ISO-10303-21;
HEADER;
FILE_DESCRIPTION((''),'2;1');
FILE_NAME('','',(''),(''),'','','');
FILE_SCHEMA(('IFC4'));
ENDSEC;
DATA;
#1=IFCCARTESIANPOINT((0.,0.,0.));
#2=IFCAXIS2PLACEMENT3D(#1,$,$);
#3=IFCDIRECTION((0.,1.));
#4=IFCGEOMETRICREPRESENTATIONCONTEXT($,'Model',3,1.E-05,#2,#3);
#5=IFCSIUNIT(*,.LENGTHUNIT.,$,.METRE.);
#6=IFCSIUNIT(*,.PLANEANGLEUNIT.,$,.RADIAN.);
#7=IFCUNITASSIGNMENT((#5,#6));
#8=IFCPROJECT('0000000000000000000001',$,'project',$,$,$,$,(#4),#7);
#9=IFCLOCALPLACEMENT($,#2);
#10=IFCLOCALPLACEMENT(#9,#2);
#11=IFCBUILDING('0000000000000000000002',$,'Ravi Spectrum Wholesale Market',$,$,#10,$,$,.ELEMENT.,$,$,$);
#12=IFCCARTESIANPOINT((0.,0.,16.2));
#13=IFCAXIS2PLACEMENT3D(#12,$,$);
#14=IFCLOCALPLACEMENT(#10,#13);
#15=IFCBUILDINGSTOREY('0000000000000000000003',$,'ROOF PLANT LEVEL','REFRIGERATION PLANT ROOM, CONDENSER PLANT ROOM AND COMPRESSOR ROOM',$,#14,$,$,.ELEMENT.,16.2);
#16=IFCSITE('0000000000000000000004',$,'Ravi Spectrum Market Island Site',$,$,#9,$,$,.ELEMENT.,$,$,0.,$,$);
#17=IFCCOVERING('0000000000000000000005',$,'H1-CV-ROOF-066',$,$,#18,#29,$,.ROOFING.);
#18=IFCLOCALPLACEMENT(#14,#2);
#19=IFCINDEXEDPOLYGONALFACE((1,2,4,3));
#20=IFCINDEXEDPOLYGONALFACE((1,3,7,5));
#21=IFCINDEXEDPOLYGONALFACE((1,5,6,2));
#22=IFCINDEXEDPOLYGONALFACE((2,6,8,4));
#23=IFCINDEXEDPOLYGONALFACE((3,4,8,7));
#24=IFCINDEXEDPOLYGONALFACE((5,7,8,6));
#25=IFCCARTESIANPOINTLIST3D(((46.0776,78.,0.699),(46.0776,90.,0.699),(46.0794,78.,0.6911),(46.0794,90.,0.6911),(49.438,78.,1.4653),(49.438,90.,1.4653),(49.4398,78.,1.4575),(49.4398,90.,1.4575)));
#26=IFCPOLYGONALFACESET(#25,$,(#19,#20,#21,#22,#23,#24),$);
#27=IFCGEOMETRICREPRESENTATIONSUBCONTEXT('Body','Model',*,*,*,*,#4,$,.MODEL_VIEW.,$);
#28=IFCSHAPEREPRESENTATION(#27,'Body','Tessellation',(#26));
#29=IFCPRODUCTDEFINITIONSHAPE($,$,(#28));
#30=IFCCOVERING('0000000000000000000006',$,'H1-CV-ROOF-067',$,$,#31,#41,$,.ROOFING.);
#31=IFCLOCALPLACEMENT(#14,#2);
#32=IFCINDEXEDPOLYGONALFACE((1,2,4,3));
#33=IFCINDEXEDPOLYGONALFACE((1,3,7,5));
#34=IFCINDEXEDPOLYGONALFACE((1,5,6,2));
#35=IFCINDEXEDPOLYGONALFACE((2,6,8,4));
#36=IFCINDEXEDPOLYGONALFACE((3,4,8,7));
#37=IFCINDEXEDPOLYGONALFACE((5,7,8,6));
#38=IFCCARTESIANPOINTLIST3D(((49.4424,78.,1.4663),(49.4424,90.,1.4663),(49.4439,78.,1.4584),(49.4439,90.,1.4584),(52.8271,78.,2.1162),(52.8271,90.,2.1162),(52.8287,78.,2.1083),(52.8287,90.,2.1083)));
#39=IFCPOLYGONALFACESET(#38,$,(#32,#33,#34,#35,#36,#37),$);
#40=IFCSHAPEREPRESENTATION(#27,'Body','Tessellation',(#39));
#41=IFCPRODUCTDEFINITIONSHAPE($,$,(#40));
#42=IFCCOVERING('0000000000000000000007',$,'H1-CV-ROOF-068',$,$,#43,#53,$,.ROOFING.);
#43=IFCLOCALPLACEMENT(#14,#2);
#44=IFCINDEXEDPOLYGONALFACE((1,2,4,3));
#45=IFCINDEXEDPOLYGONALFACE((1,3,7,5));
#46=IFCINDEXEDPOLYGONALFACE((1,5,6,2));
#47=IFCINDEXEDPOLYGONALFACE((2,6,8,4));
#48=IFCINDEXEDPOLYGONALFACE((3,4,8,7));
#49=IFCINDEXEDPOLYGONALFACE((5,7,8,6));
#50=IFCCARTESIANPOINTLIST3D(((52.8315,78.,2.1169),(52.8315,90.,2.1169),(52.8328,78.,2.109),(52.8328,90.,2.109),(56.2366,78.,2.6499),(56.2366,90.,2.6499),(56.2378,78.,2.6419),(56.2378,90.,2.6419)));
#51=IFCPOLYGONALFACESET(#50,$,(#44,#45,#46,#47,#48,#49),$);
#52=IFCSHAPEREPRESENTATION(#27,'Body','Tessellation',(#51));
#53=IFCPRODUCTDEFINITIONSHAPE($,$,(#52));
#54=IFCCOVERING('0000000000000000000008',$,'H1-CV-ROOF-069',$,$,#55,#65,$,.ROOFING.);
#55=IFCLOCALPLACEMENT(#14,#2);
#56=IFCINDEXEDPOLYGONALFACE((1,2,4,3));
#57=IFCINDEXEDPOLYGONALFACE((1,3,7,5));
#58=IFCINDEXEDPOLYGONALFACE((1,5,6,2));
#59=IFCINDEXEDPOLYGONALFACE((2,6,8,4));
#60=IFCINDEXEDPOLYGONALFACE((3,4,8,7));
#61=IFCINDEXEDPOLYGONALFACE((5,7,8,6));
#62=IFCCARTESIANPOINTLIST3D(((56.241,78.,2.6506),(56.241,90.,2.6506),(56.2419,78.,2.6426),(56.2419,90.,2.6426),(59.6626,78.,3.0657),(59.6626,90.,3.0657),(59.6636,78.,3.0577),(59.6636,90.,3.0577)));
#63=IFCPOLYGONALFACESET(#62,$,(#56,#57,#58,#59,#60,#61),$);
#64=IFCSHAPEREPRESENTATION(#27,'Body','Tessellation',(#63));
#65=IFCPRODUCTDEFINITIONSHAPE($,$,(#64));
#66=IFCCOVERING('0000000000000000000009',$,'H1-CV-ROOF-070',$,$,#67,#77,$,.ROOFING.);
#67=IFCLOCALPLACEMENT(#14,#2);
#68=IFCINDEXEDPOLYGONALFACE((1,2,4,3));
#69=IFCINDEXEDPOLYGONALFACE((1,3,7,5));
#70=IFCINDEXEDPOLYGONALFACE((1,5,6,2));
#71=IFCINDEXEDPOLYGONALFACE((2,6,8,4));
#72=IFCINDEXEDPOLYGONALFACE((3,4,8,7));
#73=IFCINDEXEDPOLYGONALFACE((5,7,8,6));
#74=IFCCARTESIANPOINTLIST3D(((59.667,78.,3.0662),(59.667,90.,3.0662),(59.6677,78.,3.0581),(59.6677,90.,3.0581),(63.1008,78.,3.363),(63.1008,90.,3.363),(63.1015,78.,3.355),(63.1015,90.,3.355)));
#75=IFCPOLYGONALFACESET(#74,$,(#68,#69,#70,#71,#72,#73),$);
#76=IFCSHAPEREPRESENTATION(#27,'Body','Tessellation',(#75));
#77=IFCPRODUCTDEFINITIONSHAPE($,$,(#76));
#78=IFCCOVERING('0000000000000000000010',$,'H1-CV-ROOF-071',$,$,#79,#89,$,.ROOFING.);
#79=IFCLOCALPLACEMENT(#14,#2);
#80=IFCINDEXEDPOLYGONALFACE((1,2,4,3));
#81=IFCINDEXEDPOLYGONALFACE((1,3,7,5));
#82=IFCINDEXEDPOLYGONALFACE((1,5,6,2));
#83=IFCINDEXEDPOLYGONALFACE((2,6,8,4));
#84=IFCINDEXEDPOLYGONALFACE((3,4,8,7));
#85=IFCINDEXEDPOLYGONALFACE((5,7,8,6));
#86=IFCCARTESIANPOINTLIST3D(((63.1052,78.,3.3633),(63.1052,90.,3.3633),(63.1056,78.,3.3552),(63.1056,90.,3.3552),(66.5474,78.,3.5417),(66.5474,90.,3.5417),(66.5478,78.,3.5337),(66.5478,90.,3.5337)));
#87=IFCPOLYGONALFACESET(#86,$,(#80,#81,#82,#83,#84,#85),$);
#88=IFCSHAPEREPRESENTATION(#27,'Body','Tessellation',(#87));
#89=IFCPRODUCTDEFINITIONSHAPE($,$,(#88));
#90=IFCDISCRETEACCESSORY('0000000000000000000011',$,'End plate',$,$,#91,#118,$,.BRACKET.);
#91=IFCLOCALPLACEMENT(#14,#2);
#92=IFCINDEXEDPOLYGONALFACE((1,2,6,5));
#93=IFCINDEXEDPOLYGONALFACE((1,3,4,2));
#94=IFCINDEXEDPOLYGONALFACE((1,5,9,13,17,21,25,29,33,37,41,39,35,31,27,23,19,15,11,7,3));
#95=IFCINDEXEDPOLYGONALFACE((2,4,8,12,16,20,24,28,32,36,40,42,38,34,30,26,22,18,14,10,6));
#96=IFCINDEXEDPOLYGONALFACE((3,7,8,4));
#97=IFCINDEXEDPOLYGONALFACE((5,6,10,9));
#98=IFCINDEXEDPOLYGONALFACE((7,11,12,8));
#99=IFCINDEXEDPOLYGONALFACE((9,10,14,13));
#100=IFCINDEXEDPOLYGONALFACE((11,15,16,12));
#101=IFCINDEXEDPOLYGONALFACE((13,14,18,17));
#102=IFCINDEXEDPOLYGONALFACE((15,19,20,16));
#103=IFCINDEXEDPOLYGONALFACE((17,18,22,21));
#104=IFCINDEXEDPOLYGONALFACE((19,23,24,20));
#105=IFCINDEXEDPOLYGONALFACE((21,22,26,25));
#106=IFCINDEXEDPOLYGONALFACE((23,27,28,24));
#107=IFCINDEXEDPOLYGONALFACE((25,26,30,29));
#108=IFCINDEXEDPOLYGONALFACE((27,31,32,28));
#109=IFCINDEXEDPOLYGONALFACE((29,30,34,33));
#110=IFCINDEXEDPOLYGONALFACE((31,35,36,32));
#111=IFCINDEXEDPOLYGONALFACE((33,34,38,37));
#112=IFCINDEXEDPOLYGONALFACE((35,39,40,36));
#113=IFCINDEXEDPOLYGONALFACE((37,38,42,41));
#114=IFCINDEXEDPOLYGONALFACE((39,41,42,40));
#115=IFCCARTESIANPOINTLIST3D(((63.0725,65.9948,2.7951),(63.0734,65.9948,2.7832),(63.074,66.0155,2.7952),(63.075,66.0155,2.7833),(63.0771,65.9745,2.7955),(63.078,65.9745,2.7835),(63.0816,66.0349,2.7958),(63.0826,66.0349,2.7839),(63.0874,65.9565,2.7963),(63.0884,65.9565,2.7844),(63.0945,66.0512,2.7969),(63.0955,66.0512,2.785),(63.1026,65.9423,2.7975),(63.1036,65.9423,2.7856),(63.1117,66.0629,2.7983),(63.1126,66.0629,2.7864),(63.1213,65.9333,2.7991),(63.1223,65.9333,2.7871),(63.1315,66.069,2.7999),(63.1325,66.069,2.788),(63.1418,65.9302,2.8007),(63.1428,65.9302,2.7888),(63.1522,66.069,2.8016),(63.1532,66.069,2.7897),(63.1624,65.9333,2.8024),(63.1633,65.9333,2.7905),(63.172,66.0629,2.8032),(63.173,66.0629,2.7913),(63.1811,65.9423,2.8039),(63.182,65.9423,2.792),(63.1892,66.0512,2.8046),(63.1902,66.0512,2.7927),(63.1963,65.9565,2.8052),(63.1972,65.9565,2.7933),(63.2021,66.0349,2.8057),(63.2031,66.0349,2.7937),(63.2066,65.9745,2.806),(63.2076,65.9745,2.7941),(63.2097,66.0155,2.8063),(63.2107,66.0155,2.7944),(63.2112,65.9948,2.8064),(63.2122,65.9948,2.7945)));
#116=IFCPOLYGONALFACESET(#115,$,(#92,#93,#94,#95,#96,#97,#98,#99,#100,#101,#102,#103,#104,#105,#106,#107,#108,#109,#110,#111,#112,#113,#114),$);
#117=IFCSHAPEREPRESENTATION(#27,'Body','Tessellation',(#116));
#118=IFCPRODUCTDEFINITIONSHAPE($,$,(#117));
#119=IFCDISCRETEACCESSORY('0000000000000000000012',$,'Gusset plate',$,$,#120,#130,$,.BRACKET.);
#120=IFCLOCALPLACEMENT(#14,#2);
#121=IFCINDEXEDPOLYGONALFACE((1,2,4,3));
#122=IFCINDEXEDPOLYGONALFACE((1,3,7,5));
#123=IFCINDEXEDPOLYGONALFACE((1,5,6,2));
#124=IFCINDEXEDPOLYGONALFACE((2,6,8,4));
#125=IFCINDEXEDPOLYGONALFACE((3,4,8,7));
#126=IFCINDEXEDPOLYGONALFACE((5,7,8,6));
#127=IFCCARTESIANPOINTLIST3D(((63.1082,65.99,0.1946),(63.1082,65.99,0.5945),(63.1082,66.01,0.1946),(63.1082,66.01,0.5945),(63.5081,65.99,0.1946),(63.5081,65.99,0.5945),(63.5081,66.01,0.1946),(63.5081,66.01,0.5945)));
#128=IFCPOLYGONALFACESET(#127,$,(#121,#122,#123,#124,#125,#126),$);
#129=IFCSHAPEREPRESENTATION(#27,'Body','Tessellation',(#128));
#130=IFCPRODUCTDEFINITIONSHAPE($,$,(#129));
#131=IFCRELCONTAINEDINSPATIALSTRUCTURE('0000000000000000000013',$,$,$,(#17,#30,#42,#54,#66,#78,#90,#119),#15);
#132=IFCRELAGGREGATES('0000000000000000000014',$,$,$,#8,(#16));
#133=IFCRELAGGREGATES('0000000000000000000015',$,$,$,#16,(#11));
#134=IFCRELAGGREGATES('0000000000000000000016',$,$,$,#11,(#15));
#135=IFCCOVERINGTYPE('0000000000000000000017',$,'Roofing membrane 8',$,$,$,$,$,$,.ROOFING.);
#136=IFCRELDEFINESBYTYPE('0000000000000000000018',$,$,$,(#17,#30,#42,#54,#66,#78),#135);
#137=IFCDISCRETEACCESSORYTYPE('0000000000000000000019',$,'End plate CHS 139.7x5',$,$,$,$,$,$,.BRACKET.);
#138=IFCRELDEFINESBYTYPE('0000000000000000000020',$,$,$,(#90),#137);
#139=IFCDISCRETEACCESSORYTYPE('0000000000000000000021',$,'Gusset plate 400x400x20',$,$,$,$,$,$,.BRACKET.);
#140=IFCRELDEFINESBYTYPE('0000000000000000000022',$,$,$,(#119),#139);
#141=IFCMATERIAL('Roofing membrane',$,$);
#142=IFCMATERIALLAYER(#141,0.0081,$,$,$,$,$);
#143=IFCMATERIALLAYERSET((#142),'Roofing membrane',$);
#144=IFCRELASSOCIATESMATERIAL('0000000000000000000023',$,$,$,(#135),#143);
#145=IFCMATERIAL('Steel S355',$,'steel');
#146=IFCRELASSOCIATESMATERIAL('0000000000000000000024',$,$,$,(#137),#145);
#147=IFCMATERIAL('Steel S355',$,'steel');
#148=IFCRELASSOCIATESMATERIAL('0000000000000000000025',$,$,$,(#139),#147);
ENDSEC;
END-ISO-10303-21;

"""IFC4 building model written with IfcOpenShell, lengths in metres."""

from ifc_helpers import new_model, si_unit, direction, frame, origin, origin_2d, place, context, subcontext, project, spatial, polyline, rectangle, circle, outline, extrude, material, layer, layer_set, material_profile, profile_set, type_object, element, save


model = new_model("IFC4")

# Units and contexts
model_context = context("Model", 3, precision=1e-05, world=origin(), true_north=direction((0.0, 1.0)))
body_context = subcontext(model_context, "Body", "Model", "MODEL_VIEW")
ifc_project = project(units=[si_unit("LENGTHUNIT", "METRE"), si_unit("PLANEANGLEUNIT", "RADIAN")], contexts=[model_context])

# Site, building, storey
site_placement = place(None, origin())
site = spatial("IfcSite", under=ifc_project, at=site_placement, Name="Ravi Spectrum Market Island Site", CompositionType="ELEMENT", RefElevation=0.0)
building_placement = place(site_placement, origin())
building = spatial("IfcBuilding", under=site, at=building_placement, Name="Ravi Spectrum Wholesale Market", CompositionType="ELEMENT")
storey_placement = place(building_placement, frame((0.0, 0.0, 16.2)))
storey = spatial("IfcBuildingStorey", under=building, at=storey_placement, Name="ROOF PLANT LEVEL", Description="REFRIGERATION PLANT ROOM, CONDENSER PLANT ROOM AND COMPRESSOR ROOM", CompositionType="ELEMENT", Elevation=16.2)

# Coverings
ifc_material_1 = material(Name="Roofing membrane")
ifc_layer_1 = layer(ifc_material_1, 0.0081)
ifc_layer_set_1 = layer_set([ifc_layer_1], Name="Roofing membrane")
covering_type = type_object("IfcCoveringType", Name="Roofing membrane 8", PredefinedType="ROOFING", material=ifc_layer_set_1)
covering_1_placement = place(storey_placement, frame((46.0776, 78.0, 0.699), z_axis=(-0.22235, 0.0, 0.974967), x_axis=(0.974967, 0.0, 0.22235)))
element("IfcCovering", 1, at=covering_1_placement, inside=storey, type_object=covering_type, Name="H1-CV-ROOF-066", PredefinedType="ROOFING", context=body_context, shape_type="SweptSolid", body=[
    extrude(outline(polyline([(0.0, 0.0), (3.4466, 0.0), (3.4466, 12.0), (0.0, 12.0), (0.0, 0.0)])), origin(), (0.0, 0.0, -1.0), 0.0081),
])
covering_2_placement = place(storey_placement, frame((49.4424, 78.0, 1.4663), z_axis=(-0.188564, 0.0, 0.982061), x_axis=(0.982061, 0.0, 0.188564)))
element("IfcCovering", 2, at=covering_2_placement, inside=storey, type_object=covering_type, Name="H1-CV-ROOF-067", PredefinedType="ROOFING", context=body_context, shape_type="SweptSolid", body=[
    extrude(outline(polyline([(0.0, 0.0), (3.4466, 0.0), (3.4466, 12.0), (0.0, 12.0), (0.0, 0.0)])), origin(), (0.0, 0.0, -1.0), 0.0081),
])
covering_3_placement = place(storey_placement, frame((52.8315, 78.0, 2.1169), z_axis=(-0.154638, 0.0, 0.987971), x_axis=(0.987971, 0.0, 0.154638)))
element("IfcCovering", 3, at=covering_3_placement, inside=storey, type_object=covering_type, Name="H1-CV-ROOF-068", PredefinedType="ROOFING", context=body_context, shape_type="SweptSolid", body=[
    extrude(outline(polyline([(0.0, 0.0), (3.4465, 0.0), (3.4465, 12.0), (0.0, 12.0), (0.0, 0.0)])), origin(), (0.0, 0.0, -1.0), 0.0081),
])
covering_4_placement = place(storey_placement, frame((56.241, 78.0, 2.6506), z_axis=(-0.120416, 0.0, 0.992724), x_axis=(0.992724, 0.0, 0.120416)))
element("IfcCovering", 4, at=covering_4_placement, inside=storey, type_object=covering_type, Name="H1-CV-ROOF-069", PredefinedType="ROOFING", context=body_context, shape_type="SweptSolid", body=[
    extrude(outline(polyline([(0.0, 0.0), (3.4467, 0.0), (3.4467, 12.0), (0.0, 12.0), (0.0, 0.0)])), origin(), (0.0, 0.0, -1.0), 0.0081),
])
covering_5_placement = place(storey_placement, frame((59.667, 78.0, 3.0662), z_axis=(-0.086134, 0.0, 0.996284), x_axis=(0.996284, 0.0, 0.086134)))
element("IfcCovering", 5, at=covering_5_placement, inside=storey, type_object=covering_type, Name="H1-CV-ROOF-070", PredefinedType="ROOFING", context=body_context, shape_type="SweptSolid", body=[
    extrude(outline(polyline([(0.0, 0.0), (3.4466, 0.0), (3.4466, 12.0), (0.0, 12.0), (0.0, 0.0)])), origin(), (0.0, 0.0, -1.0), 0.0081),
])
covering_6_placement = place(storey_placement, frame((63.1052, 78.0, 3.3633), z_axis=(-0.051778, 0.0, 0.998659), x_axis=(0.998659, 0.0, 0.051778)))
element("IfcCovering", 6, at=covering_6_placement, inside=storey, type_object=covering_type, Name="H1-CV-ROOF-071", PredefinedType="ROOFING", context=body_context, shape_type="SweptSolid", body=[
    extrude(outline(polyline([(0.0, 0.0), (3.4468, 0.0), (3.4468, 12.0), (0.0, 12.0), (0.0, 0.0)])), origin(), (0.0, 0.0, -1.0), 0.0081),
])

# Discrete accessories
ifc_material_2 = material(Name="Steel S355", Category="steel")
ifc_material_profile_1 = material_profile(ifc_material_2, circle(Radius=0.0698, at=origin_2d()))
ifc_profile_set_1 = profile_set([ifc_material_profile_1], Name="Steel S355")
discrete_accessory_type_1 = type_object("IfcDiscreteAccessoryType", Name="End plate CHS 139.7x5", PredefinedType="BRACKET", material=ifc_profile_set_1)
discrete_accessory_1_placement = place(storey_placement, frame((63.1428, 66.0, 2.7888), z_axis=(-0.081362, 0.0, 0.996685), x_axis=(0.0, -1.0, 0.0)))
element("IfcDiscreteAccessory", 7, at=discrete_accessory_1_placement, inside=storey, type_object=discrete_accessory_type_1, Name="End plate", PredefinedType="BRACKET", context=body_context, shape_type="SweptSolid", body=[
    extrude(circle(Radius=0.0698, at=origin_2d()), origin(), (0.0, 0.0, 1.0), 0.012),
])
ifc_material_3 = material(Name="Steel S355", Category="steel")
ifc_material_profile_2 = material_profile(ifc_material_3, rectangle(XDim=0.3999, YDim=0.02, at=origin_2d()))
ifc_profile_set_2 = profile_set([ifc_material_profile_2], Name="Steel S355")
discrete_accessory_type_2 = type_object("IfcDiscreteAccessoryType", Name="Gusset plate 400x400x20", PredefinedType="BRACKET", material=ifc_profile_set_2)
discrete_accessory_2_placement = place(storey_placement, frame((63.3081, 66.0, 0.1946), z_axis=(0.0, 0.0, 1.0), x_axis=(1.0, 0.0, 0.0)))
element("IfcDiscreteAccessory", 8, at=discrete_accessory_2_placement, inside=storey, type_object=discrete_accessory_type_2, Name="Gusset plate", PredefinedType="BRACKET", context=body_context, shape_type="SweptSolid", body=[
    extrude(rectangle(XDim=0.3999, YDim=0.02, at=origin_2d()), origin(), (0.0, 0.0, 1.0), 0.3999),
])

save(model, "model.ifc")
